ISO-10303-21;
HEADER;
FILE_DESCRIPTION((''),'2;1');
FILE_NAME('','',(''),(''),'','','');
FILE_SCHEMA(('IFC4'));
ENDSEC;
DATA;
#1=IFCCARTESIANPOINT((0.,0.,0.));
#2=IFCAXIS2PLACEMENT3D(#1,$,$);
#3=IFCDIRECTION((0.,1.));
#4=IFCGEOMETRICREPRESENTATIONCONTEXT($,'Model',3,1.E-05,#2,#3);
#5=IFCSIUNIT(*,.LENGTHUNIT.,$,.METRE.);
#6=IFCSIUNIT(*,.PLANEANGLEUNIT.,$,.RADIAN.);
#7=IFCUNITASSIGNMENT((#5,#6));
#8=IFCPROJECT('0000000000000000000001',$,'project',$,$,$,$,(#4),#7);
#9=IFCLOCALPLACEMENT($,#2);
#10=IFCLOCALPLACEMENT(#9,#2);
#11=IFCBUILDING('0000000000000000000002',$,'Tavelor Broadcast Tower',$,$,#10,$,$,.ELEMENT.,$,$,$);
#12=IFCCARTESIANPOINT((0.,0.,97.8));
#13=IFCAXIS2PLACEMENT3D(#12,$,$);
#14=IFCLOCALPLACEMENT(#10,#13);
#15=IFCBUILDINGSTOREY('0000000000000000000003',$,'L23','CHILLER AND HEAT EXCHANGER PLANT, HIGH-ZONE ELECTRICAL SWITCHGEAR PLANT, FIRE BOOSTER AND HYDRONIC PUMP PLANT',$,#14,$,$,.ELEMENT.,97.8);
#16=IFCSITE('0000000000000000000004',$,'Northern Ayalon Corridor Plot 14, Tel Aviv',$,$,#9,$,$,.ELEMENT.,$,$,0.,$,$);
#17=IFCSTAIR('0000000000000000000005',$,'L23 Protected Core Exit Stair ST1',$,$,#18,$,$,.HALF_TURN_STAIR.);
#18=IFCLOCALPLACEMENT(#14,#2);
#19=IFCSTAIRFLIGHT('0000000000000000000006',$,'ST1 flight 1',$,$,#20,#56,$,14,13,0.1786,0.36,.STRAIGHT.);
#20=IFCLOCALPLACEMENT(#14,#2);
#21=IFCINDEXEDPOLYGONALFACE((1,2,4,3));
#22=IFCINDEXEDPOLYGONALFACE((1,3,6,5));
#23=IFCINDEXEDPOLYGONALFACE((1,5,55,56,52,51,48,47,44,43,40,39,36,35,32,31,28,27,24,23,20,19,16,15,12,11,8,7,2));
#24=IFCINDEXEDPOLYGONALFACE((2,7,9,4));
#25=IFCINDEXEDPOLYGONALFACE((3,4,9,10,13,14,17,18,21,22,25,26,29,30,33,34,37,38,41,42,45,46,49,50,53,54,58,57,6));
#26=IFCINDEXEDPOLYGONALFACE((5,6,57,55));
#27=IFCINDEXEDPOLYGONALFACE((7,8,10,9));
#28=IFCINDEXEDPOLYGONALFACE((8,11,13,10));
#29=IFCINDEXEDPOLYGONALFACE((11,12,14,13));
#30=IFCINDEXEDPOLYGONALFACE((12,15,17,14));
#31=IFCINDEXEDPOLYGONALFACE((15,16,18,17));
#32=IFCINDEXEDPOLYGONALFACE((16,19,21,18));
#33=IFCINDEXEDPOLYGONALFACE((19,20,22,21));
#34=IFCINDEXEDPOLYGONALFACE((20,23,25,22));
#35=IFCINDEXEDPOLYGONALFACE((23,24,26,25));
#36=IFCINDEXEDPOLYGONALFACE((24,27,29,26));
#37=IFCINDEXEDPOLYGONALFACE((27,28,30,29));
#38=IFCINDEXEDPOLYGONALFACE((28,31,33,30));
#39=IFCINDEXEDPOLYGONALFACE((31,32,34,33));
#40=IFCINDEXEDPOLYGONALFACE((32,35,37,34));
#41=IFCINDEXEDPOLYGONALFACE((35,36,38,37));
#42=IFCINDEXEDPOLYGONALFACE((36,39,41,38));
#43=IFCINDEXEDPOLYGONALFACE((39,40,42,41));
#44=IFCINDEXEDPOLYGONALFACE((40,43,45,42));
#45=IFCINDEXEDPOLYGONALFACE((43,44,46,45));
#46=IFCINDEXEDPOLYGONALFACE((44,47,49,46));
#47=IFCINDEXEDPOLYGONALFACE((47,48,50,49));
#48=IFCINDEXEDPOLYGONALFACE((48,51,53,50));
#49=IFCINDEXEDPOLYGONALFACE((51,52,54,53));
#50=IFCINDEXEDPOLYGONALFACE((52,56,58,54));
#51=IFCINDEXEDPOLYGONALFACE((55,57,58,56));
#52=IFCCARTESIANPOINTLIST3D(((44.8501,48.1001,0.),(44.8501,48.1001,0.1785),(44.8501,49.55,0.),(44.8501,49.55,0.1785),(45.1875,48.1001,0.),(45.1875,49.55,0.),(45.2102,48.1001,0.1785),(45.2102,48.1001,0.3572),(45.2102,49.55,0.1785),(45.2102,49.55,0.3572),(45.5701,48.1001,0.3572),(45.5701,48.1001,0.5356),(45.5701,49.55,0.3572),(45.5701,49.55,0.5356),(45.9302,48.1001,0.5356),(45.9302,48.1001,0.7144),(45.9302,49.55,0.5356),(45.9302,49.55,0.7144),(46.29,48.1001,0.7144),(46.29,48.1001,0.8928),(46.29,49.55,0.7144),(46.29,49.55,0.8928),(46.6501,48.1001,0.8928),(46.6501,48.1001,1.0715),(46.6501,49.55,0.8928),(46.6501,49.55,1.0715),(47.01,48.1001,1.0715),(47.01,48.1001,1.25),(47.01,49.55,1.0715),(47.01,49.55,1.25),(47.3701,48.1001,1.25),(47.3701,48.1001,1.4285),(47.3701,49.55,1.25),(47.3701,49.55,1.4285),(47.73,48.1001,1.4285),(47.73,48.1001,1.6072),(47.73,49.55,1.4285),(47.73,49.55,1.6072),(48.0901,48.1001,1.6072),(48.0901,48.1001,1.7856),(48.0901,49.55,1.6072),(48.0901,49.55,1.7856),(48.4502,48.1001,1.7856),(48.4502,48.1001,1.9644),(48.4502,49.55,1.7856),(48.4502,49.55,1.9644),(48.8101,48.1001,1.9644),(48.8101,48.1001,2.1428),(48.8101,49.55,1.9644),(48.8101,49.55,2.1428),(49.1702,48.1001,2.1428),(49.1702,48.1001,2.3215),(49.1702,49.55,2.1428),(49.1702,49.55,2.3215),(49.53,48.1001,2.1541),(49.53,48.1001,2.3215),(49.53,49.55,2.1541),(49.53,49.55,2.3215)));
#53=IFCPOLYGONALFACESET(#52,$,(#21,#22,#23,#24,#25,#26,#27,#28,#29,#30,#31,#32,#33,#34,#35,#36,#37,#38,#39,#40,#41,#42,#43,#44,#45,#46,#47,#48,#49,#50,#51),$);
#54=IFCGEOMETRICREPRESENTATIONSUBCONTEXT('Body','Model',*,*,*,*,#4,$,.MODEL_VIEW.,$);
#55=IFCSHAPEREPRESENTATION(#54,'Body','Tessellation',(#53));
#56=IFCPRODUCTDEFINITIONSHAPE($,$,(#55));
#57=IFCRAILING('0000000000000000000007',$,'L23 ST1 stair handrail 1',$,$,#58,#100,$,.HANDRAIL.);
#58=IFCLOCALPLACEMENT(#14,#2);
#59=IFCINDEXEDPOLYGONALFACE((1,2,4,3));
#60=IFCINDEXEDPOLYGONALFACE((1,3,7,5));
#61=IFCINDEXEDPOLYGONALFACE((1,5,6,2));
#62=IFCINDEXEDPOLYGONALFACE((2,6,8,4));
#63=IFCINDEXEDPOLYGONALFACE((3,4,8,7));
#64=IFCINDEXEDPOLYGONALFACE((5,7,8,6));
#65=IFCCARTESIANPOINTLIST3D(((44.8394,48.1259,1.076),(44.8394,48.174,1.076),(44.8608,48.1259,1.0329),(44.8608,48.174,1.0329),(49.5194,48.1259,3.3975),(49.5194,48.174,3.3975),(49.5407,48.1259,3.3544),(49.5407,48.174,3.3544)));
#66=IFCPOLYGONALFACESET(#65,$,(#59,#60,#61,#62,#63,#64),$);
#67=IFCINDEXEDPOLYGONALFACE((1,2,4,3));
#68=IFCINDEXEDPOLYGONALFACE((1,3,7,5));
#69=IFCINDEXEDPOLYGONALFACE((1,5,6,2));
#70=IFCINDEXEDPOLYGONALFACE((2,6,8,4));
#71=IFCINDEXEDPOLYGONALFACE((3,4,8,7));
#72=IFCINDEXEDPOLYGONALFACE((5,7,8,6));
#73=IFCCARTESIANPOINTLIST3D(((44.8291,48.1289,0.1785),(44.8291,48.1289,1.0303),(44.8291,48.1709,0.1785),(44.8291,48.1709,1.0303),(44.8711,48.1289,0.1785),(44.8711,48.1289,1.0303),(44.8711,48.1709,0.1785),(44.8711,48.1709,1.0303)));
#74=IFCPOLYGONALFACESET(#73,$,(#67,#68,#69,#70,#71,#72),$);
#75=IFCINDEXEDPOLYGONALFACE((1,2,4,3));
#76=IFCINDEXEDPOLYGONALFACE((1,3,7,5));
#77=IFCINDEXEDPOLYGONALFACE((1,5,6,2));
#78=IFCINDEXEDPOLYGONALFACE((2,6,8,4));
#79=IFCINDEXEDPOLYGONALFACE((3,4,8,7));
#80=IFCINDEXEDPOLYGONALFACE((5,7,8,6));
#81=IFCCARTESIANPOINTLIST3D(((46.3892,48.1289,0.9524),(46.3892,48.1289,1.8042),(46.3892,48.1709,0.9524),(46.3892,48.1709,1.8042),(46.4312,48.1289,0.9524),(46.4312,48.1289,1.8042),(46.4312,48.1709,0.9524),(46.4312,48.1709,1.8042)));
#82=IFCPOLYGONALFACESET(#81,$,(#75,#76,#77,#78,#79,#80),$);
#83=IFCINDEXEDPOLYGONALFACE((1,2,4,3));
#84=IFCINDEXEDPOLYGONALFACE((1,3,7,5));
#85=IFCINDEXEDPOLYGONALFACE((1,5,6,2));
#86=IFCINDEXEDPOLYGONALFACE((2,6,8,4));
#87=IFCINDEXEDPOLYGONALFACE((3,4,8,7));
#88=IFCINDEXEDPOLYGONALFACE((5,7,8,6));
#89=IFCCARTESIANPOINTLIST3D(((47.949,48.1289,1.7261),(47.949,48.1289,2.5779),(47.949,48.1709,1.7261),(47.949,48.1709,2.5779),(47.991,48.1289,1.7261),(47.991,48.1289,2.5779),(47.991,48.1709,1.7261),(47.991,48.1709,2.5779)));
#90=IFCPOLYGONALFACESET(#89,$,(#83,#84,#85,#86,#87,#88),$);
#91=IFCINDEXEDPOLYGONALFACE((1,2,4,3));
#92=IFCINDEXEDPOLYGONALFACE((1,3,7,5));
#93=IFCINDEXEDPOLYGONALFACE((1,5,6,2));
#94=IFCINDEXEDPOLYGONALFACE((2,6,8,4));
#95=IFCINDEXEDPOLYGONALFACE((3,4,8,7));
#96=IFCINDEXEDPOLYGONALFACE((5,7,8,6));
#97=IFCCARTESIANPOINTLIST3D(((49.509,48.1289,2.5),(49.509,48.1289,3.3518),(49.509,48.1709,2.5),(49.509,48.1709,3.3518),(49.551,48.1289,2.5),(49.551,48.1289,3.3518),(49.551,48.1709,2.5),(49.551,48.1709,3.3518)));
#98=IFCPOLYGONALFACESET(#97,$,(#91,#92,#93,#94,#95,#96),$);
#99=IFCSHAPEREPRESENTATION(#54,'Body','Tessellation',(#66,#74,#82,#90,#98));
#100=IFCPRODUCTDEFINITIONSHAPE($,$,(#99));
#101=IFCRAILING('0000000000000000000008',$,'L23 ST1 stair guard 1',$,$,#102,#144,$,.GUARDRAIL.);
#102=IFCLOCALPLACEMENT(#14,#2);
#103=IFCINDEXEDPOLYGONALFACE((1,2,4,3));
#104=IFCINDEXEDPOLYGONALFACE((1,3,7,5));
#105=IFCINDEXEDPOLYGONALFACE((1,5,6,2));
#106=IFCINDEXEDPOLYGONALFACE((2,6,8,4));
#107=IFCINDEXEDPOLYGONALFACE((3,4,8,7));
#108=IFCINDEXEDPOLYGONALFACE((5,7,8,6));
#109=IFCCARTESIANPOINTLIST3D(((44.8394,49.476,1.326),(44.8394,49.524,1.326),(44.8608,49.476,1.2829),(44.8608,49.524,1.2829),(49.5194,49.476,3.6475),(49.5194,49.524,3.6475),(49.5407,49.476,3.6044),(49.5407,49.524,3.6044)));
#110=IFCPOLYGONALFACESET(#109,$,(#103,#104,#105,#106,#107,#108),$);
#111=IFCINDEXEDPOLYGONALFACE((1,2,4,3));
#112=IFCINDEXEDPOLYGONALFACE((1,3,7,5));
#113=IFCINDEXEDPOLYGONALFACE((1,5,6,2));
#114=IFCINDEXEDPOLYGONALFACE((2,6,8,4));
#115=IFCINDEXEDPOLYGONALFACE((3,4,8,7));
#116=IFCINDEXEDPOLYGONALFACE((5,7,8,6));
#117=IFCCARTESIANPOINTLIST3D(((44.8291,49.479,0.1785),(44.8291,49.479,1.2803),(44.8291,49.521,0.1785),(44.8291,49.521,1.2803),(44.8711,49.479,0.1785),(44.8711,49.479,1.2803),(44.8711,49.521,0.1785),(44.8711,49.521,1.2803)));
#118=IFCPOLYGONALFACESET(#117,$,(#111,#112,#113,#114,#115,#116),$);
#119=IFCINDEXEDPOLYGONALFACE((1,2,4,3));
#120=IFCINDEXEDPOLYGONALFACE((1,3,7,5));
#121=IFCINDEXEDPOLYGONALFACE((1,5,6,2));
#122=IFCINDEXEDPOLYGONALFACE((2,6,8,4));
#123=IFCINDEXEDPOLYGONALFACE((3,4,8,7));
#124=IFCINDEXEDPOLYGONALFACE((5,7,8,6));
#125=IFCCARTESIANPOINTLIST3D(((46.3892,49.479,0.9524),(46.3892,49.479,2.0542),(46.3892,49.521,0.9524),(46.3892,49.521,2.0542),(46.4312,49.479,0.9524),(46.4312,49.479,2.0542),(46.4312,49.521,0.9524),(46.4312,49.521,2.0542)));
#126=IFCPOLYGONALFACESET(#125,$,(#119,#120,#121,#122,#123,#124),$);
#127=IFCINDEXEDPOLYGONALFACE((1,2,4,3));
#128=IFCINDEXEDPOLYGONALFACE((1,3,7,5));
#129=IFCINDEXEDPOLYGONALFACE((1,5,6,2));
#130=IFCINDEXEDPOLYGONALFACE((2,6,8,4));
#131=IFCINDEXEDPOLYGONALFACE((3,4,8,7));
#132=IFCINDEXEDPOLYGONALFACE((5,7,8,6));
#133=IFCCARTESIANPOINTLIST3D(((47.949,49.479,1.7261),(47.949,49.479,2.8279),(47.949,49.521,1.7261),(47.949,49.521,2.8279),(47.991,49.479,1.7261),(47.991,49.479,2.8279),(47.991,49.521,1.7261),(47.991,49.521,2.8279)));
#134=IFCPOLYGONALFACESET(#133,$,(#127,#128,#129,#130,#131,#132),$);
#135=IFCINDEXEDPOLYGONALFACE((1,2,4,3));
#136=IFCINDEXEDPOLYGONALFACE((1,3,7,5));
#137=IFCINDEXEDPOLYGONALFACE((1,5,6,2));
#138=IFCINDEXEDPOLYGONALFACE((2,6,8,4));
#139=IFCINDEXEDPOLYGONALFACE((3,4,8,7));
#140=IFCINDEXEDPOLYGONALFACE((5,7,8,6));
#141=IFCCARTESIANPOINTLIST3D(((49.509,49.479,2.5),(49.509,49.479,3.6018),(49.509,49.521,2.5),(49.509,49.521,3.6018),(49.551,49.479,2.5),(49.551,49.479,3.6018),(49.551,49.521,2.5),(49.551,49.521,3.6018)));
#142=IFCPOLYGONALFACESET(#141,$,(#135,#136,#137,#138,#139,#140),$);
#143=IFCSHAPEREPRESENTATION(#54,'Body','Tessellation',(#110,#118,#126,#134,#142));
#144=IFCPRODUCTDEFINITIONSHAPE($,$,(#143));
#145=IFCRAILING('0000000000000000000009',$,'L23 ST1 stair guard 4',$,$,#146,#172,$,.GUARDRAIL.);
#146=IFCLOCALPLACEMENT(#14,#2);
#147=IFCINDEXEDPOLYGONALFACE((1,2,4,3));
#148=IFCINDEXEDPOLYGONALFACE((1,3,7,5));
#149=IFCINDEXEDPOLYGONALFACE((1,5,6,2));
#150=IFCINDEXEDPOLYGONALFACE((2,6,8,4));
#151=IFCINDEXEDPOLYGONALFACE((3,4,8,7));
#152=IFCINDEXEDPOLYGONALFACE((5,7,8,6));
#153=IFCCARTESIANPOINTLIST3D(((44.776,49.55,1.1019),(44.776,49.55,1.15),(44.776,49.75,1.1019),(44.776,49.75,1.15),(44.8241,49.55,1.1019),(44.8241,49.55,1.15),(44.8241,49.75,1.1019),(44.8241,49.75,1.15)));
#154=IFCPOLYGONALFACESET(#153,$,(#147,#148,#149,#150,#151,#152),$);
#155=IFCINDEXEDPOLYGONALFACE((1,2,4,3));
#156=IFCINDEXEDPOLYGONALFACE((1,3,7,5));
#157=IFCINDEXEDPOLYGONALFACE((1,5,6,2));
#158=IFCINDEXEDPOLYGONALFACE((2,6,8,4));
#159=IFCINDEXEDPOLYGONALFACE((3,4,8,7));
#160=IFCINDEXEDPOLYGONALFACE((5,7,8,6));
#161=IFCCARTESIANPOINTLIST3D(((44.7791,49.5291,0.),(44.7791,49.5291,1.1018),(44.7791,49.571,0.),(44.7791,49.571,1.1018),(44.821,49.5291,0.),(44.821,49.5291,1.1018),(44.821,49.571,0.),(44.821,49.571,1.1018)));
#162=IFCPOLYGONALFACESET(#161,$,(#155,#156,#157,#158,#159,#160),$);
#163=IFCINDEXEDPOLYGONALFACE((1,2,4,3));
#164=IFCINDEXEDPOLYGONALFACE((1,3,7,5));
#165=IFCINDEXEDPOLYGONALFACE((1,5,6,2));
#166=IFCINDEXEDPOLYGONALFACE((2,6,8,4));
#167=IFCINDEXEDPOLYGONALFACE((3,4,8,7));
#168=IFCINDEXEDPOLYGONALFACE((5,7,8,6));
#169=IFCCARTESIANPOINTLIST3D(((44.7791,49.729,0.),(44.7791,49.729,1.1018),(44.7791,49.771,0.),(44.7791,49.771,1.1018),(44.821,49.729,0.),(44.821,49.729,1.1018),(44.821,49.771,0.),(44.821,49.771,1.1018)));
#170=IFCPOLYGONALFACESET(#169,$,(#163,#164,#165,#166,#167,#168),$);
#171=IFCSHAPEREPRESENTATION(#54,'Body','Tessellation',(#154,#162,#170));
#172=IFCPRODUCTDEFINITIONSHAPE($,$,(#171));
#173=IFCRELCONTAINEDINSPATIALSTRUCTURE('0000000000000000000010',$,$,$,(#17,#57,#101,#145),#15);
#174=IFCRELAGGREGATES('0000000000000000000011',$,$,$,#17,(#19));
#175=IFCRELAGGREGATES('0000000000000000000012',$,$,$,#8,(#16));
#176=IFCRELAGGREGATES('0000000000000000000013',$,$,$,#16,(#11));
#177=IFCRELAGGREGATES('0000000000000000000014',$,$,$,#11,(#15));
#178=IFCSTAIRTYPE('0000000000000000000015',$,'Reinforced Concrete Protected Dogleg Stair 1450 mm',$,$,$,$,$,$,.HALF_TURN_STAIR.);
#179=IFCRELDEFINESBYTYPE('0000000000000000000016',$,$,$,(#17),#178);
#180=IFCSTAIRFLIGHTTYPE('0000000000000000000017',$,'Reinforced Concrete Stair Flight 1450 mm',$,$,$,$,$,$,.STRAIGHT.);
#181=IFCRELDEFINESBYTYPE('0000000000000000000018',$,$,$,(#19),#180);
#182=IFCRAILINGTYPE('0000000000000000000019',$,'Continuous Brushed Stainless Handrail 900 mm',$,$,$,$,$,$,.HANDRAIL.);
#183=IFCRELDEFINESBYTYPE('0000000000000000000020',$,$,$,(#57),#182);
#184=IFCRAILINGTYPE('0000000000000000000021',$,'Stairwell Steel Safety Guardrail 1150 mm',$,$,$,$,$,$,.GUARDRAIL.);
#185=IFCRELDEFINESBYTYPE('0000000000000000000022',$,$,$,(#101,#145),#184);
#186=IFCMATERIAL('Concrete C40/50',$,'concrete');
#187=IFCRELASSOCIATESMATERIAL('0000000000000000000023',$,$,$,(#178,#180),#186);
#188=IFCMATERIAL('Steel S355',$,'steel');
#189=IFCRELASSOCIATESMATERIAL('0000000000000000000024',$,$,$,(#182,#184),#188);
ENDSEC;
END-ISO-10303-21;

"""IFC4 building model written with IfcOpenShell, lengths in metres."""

from ifc_helpers import new_model, si_unit, direction, frame, origin, origin_2d, place, context, subcontext, project, spatial, polyline, rectangle, outline, extrude, material, type_object, element, aggregate, save


model = new_model("IFC4")

# Units and contexts
model_context = context("Model", 3, precision=1e-05, world=origin(), true_north=direction((0.0, 1.0)))
body_context = subcontext(model_context, "Body", "Model", "MODEL_VIEW")
ifc_project = project(units=[si_unit("LENGTHUNIT", "METRE"), si_unit("PLANEANGLEUNIT", "RADIAN")], contexts=[model_context])

# Site, building, storey
site_placement = place(None, origin())
site = spatial("IfcSite", under=ifc_project, at=site_placement, Name="Northern Ayalon Corridor Plot 14, Tel Aviv", CompositionType="ELEMENT", RefElevation=0.0)
building_placement = place(site_placement, origin())
building = spatial("IfcBuilding", under=site, at=building_placement, Name="Tavelor Broadcast Tower", CompositionType="ELEMENT")
storey_placement = place(building_placement, frame((0.0, 0.0, 97.8)))
storey = spatial("IfcBuildingStorey", under=building, at=storey_placement, Name="L23", Description="CHILLER AND HEAT EXCHANGER PLANT, HIGH-ZONE ELECTRICAL SWITCHGEAR PLANT, FIRE BOOSTER AND HYDRONIC PUMP PLANT", CompositionType="ELEMENT", Elevation=97.8)

# Shared definitions
ifc_material_1 = material(Name="Concrete C40/50", Category="concrete")
ifc_material_2 = material(Name="Steel S355", Category="steel")

# Stair, stair flight
stair_type = type_object("IfcStairType", Name="Reinforced Concrete Protected Dogleg Stair 1450 mm", PredefinedType="HALF_TURN_STAIR", material=ifc_material_1)
stair_placement = place(storey_placement, origin())
stair = element("IfcStair", 1, at=stair_placement, inside=storey, type_object=stair_type, Name="L23 Protected Core Exit Stair ST1", PredefinedType="HALF_TURN_STAIR")
stair_flight_type = type_object("IfcStairFlightType", Name="Reinforced Concrete Stair Flight 1450 mm", PredefinedType="STRAIGHT", material=ifc_material_1)
stair_flight_placement = place(storey_placement, frame((44.8501, 48.825, 0.0), z_axis=(0.0, 0.0, 1.0), x_axis=(1.0, 0.0, 0.0)))
stair_flight = element("IfcStairFlight", 2, at=stair_flight_placement, type_object=stair_flight_type, Name="ST1 flight 1", NumberOfRisers=14, NumberOfTreads=13, PredefinedType="STRAIGHT", RiserHeight=0.1786, TreadLength=0.36, context=body_context, shape_type="SweptSolid", body=[
    extrude(outline(polyline([(0.0, 0.0), (0.0, 0.1785), (0.3601, 0.1785), (0.3601, 0.3572), (0.72, 0.3572), (0.72, 0.5356), (1.0801, 0.5356), (1.0801, 0.7144), (1.4399, 0.7144), (1.4399, 0.8928), (1.8, 0.8928), (1.8, 1.0715), (2.1599, 1.0715), (2.1599, 1.25), (2.52, 1.25), (2.52, 1.4285), (2.8799, 1.4285), (2.8799, 1.6072), (3.24, 1.6072), (3.24, 1.7856), (3.6001, 1.7856), (3.6001, 1.9644), (3.96, 1.9644), (3.96, 2.1428), (4.3201, 2.1428), (4.3201, 2.3215), (4.6799, 2.3215), (4.6799, 2.5), (4.6799, 2.1541), (0.3374, 0.0), (0.0, 0.0)])), frame((0.0, 0.7251, 0.0), z_axis=(0.0, -1.0, 0.0), x_axis=(1.0, 0.0, 0.0)), (0.0, 0.0, 1.0), 1.45),
])
aggregate(stair, [stair_flight])

# Railings
railing_type_1 = type_object("IfcRailingType", Name="Continuous Brushed Stainless Handrail 900 mm", PredefinedType="HANDRAIL", material=ifc_material_2)
railing_1_placement = place(storey_placement, frame((44.8501, 48.1499, 0.1785)))
element("IfcRailing", 3, at=railing_1_placement, inside=storey, type_object=railing_type_1, Name="L23 ST1 stair handrail 1", PredefinedType="HANDRAIL", context=body_context, shape_type="SweptSolid", body=[
    extrude(rectangle(XDim=0.0481, YDim=0.0481, at=origin_2d()), frame((0.0, 0.0, 0.876), z_axis=(0.895834, 0.0, 0.444389), x_axis=(0.0, 1.0, 0.0)), (0.0, 0.0, 1.0), 5.2241),
    extrude(rectangle(XDim=0.042, YDim=0.042, at=origin_2d()), origin(), (0.0, 0.0, 1.0), 0.8518),
    extrude(rectangle(XDim=0.042, YDim=0.042, at=origin_2d()), frame((1.5601, 0.0, 0.7739)), (0.0, 0.0, 1.0), 0.8518),
    extrude(rectangle(XDim=0.042, YDim=0.042, at=origin_2d()), frame((3.1199, 0.0, 1.5476)), (0.0, 0.0, 1.0), 0.8518),
    extrude(rectangle(XDim=0.042, YDim=0.042, at=origin_2d()), frame((4.6799, 0.0, 2.3215)), (0.0, 0.0, 1.0), 0.8518),
])
railing_type_2 = type_object("IfcRailingType", Name="Stairwell Steel Safety Guardrail 1150 mm", PredefinedType="GUARDRAIL", material=ifc_material_2)
railing_2_placement = place(storey_placement, frame((44.8501, 49.5, 0.1785)))
element("IfcRailing", 4, at=railing_2_placement, inside=storey, type_object=railing_type_2, Name="L23 ST1 stair guard 1", PredefinedType="GUARDRAIL", context=body_context, shape_type="SweptSolid", body=[
    extrude(rectangle(XDim=0.0481, YDim=0.0481, at=origin_2d()), frame((0.0, 0.0, 1.126), z_axis=(0.895834, 0.0, 0.444389), x_axis=(0.0, 1.0, 0.0)), (0.0, 0.0, 1.0), 5.2241),
    extrude(rectangle(XDim=0.042, YDim=0.042, at=origin_2d()), origin(), (0.0, 0.0, 1.0), 1.1018),
    extrude(rectangle(XDim=0.042, YDim=0.042, at=origin_2d()), frame((1.5601, 0.0, 0.7739)), (0.0, 0.0, 1.0), 1.1018),
    extrude(rectangle(XDim=0.042, YDim=0.042, at=origin_2d()), frame((3.1199, 0.0, 1.5476)), (0.0, 0.0, 1.0), 1.1018),
    extrude(rectangle(XDim=0.042, YDim=0.042, at=origin_2d()), frame((4.6799, 0.0, 2.3215)), (0.0, 0.0, 1.0), 1.1018),
])
railing_3_placement = place(storey_placement, frame((44.8, 49.55, 0.0)))
element("IfcRailing", 5, at=railing_3_placement, inside=storey, type_object=railing_type_2, Name="L23 ST1 stair guard 4", PredefinedType="GUARDRAIL", context=body_context, shape_type="SweptSolid", body=[
    extrude(rectangle(XDim=0.0481, YDim=0.0481, at=origin_2d()), frame((0.0, 0.0, 1.126), z_axis=(0.0, 1.0, 0.0), x_axis=(-1.0, 0.0, 0.0)), (0.0, 0.0, 1.0), 0.2),
    extrude(rectangle(XDim=0.042, YDim=0.042, at=origin_2d()), origin(), (0.0, 0.0, 1.0), 1.1018),
    extrude(rectangle(XDim=0.042, YDim=0.042, at=origin_2d()), frame((0.0, 0.2, 0.0)), (0.0, 0.0, 1.0), 1.1018),
])

save(model, "model.ifc")
